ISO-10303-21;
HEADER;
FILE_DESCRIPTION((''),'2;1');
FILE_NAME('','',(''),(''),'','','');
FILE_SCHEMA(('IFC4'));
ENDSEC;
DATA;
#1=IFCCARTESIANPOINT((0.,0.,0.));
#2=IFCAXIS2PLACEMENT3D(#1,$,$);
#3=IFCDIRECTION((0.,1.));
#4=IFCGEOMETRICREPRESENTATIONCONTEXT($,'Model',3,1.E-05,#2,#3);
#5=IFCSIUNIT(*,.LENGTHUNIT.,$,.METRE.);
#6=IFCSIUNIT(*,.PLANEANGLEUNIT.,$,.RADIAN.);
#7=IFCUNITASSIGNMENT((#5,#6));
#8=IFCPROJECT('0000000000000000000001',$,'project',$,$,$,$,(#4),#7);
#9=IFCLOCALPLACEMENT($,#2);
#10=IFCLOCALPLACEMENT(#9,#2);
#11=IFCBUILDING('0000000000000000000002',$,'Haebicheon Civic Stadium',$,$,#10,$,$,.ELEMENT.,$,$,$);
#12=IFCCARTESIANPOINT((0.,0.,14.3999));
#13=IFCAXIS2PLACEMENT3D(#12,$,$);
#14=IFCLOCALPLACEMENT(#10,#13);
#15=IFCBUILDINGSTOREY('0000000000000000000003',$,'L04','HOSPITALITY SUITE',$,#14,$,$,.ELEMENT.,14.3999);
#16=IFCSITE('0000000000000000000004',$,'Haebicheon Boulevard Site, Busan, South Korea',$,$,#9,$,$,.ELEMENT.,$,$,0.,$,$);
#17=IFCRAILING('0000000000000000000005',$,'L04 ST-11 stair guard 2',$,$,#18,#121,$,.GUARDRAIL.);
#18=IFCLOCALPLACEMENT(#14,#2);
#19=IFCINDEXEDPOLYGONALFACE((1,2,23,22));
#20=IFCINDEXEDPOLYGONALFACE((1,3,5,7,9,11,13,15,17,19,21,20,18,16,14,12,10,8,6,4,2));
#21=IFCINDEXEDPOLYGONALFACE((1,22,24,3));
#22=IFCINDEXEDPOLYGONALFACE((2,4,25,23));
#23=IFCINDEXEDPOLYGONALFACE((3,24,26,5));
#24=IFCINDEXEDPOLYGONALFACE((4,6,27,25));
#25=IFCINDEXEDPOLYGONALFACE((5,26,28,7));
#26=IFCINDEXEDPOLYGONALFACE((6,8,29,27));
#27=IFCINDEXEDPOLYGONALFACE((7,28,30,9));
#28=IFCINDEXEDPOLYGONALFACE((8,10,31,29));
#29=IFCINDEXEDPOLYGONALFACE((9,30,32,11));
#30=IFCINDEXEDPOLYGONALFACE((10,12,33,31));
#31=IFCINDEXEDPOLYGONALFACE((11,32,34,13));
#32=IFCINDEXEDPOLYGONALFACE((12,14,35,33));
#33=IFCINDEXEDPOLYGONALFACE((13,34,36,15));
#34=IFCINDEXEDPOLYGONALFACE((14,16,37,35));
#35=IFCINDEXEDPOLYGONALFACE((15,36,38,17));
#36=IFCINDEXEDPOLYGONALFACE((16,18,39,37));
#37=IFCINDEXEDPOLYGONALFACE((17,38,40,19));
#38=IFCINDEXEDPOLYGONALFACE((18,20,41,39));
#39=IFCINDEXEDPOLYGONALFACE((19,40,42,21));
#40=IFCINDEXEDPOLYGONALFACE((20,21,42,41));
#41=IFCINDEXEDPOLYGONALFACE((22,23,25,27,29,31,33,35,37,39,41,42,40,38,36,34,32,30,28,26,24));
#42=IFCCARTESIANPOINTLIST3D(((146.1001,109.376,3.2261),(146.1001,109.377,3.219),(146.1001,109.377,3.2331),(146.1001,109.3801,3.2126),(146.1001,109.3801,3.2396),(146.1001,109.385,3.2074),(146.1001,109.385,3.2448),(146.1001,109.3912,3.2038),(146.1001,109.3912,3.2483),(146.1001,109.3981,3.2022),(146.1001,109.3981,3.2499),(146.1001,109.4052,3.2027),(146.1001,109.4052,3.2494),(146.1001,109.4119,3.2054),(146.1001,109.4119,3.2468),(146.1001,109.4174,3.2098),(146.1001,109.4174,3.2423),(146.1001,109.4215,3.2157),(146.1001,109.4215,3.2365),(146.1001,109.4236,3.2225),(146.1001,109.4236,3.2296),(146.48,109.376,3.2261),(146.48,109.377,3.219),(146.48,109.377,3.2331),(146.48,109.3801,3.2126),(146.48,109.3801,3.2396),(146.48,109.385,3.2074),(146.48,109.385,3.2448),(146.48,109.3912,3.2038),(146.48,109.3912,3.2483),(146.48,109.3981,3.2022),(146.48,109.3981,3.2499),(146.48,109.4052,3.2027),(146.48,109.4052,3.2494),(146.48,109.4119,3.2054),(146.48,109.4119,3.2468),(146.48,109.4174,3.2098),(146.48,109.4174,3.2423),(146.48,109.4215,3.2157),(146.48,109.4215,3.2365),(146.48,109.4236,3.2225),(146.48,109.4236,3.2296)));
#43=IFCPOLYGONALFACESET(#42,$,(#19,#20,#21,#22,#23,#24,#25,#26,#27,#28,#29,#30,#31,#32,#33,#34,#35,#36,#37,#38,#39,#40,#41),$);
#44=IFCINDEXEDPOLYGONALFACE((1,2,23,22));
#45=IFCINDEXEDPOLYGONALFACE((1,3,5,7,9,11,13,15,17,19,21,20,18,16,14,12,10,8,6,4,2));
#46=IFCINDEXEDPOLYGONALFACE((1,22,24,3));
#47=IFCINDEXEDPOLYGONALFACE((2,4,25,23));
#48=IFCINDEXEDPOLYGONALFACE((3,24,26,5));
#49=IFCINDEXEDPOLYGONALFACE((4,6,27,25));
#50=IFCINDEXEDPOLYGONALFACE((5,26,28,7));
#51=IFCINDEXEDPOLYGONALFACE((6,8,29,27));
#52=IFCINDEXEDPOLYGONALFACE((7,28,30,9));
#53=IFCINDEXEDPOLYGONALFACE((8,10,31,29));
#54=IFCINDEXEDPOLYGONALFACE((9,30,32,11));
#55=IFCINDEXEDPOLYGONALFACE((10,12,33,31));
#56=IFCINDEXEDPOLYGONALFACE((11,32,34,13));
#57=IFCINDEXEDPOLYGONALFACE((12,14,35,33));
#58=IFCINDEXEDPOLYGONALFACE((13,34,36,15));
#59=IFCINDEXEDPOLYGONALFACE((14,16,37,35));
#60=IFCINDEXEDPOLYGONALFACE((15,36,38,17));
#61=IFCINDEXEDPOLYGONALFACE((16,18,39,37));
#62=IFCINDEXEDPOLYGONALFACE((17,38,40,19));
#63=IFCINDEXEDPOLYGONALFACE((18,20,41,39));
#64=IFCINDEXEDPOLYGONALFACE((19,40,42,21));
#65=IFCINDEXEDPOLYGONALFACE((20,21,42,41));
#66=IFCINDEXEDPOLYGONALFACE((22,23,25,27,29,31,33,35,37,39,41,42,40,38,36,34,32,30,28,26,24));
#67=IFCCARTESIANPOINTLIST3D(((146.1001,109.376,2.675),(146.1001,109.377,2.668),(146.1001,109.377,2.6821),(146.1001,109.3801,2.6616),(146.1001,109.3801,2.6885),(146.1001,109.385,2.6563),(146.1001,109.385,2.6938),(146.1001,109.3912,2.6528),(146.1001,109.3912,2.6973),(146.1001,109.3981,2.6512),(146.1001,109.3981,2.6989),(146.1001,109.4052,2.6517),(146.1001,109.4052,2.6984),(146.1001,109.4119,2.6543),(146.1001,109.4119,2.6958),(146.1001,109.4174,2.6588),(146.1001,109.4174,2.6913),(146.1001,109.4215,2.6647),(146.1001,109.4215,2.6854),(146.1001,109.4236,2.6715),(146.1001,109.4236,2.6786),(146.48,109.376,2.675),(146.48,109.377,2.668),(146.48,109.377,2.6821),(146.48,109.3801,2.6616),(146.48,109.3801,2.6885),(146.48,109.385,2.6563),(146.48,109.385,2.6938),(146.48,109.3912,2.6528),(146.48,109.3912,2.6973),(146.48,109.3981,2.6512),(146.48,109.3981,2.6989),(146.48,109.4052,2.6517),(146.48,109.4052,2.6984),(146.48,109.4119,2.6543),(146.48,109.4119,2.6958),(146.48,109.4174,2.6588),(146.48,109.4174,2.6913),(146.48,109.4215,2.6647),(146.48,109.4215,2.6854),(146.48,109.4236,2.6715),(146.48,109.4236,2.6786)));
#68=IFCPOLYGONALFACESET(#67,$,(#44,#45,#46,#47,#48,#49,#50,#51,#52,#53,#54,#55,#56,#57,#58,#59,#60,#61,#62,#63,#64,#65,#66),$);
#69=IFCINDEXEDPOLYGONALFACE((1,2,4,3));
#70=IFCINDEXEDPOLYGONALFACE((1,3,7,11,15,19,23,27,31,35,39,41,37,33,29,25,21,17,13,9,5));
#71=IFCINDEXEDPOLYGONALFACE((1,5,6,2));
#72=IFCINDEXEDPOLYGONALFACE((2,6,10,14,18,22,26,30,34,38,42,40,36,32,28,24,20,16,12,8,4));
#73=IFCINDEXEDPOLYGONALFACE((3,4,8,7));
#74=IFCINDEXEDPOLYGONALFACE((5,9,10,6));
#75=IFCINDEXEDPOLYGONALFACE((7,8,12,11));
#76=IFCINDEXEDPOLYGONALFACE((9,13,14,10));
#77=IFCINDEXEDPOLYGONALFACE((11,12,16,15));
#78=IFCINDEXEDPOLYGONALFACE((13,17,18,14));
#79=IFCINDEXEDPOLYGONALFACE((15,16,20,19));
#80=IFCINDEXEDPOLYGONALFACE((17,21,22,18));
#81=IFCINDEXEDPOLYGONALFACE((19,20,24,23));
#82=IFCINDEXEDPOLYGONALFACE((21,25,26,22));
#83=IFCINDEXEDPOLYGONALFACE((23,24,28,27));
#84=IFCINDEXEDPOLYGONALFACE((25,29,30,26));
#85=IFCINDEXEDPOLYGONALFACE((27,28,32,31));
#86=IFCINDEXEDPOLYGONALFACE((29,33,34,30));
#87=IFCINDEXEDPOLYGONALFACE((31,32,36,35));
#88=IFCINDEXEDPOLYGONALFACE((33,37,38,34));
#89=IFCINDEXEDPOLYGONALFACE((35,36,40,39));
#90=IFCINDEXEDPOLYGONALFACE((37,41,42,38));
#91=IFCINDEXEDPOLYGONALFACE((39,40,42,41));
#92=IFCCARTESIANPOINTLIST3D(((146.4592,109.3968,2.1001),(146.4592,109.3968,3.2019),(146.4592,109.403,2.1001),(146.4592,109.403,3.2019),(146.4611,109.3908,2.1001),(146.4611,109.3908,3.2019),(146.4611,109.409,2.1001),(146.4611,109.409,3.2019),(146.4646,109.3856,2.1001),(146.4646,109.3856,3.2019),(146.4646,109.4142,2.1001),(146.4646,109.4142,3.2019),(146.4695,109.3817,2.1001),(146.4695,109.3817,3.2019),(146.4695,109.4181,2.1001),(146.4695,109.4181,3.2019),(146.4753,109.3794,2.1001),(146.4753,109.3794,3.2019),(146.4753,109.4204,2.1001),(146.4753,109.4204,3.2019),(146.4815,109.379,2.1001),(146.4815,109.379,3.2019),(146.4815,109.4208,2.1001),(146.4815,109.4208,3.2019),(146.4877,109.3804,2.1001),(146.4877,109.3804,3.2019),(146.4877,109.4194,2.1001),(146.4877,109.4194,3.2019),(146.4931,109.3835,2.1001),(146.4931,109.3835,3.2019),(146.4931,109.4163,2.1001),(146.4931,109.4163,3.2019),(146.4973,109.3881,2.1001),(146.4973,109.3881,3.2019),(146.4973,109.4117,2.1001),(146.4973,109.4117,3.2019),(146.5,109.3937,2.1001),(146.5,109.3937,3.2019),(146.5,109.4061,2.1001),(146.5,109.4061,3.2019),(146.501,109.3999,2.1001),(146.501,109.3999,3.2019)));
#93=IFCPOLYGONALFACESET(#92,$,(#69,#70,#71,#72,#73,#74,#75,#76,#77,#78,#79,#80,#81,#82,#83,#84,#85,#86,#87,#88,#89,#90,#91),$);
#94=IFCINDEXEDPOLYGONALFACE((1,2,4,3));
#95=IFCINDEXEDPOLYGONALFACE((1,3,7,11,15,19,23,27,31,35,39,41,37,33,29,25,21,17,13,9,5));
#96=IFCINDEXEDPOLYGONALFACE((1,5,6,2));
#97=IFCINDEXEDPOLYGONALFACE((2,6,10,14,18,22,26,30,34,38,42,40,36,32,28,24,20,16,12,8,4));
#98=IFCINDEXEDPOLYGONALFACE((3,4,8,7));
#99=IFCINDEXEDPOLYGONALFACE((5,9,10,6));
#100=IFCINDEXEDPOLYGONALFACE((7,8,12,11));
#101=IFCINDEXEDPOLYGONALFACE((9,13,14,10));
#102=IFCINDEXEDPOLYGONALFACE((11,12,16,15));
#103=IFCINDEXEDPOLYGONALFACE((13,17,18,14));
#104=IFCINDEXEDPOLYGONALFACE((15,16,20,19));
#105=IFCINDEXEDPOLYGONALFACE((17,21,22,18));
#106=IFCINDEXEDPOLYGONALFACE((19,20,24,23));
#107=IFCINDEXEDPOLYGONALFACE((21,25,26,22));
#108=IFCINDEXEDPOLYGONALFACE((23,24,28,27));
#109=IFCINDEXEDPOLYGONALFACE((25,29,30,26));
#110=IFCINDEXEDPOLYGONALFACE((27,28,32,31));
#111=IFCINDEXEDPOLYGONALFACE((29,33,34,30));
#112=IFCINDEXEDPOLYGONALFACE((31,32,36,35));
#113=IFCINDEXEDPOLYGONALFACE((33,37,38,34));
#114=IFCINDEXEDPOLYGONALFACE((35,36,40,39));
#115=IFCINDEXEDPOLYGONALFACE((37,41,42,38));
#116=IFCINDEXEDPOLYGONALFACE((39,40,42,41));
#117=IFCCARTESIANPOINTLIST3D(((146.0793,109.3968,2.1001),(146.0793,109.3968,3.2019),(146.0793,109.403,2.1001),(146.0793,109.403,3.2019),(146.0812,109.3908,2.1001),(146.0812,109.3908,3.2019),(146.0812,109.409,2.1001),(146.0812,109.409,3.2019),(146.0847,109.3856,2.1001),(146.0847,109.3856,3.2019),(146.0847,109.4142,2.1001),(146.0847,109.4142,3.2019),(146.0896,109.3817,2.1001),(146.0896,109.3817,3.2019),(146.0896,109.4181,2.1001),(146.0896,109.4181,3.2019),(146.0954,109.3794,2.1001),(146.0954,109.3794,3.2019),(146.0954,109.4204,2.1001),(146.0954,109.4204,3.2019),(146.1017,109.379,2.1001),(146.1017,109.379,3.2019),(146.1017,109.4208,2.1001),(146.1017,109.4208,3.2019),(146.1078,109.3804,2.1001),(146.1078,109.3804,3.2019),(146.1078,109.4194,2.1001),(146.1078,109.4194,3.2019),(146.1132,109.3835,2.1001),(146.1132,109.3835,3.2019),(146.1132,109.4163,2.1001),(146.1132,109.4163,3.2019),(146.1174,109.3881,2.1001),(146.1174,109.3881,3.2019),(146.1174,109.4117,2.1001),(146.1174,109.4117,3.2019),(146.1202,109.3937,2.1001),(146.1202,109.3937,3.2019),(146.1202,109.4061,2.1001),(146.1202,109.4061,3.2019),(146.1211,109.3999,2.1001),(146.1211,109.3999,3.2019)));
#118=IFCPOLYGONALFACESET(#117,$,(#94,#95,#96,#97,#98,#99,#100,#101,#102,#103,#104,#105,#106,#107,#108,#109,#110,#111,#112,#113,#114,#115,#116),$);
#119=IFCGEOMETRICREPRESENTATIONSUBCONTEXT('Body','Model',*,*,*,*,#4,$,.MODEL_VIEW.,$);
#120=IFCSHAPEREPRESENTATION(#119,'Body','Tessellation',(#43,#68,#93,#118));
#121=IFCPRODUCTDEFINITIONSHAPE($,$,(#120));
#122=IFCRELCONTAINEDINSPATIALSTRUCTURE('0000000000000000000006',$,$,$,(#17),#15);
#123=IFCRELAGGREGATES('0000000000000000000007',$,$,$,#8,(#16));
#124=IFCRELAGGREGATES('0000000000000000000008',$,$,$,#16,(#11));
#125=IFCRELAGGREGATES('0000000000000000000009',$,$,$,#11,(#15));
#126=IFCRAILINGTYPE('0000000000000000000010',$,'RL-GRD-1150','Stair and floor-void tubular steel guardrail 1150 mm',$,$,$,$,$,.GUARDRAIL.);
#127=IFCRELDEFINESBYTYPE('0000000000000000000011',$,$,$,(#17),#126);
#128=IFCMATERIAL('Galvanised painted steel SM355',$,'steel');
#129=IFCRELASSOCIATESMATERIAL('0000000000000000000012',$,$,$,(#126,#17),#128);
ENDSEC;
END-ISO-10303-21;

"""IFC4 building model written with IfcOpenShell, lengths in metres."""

from ifc_helpers import new_model, si_unit, direction, frame, origin, origin_2d, place, context, subcontext, project, spatial, circle, extrude, material, type_object, element, save


model = new_model("IFC4")

# Units and contexts
model_context = context("Model", 3, precision=1e-05, world=origin(), true_north=direction((0.0, 1.0)))
body_context = subcontext(model_context, "Body", "Model", "MODEL_VIEW")
ifc_project = project(units=[si_unit("LENGTHUNIT", "METRE"), si_unit("PLANEANGLEUNIT", "RADIAN")], contexts=[model_context])

# Site, building, storey
site_placement = place(None, origin())
site = spatial("IfcSite", under=ifc_project, at=site_placement, Name="Haebicheon Boulevard Site, Busan, South Korea", CompositionType="ELEMENT", RefElevation=0.0)
building_placement = place(site_placement, origin())
building = spatial("IfcBuilding", under=site, at=building_placement, Name="Haebicheon Civic Stadium", CompositionType="ELEMENT")
storey_placement = place(building_placement, frame((0.0, 0.0, 14.3999)))
storey = spatial("IfcBuildingStorey", under=building, at=storey_placement, Name="L04", Description="HOSPITALITY SUITE", CompositionType="ELEMENT", Elevation=14.3999)

# Railing
ifc_material_1 = material(Name="Galvanised painted steel SM355", Category="steel")
railing_type_1 = type_object("IfcRailingType", Name="RL-GRD-1150", Description="Stair and floor-void tubular steel guardrail 1150 mm", PredefinedType="GUARDRAIL", material=ifc_material_1)
railing_1_placement = place(storey_placement, frame((146.48, 109.3999, 2.1001)))
element("IfcRailing", 1, at=railing_1_placement, inside=storey, type_object=railing_type_1, material=ifc_material_1, Name="L04 ST-11 stair guard 2", PredefinedType="GUARDRAIL", context=body_context, shape_type="SweptSolid", body=[
    extrude(circle(Radius=0.0239, at=origin_2d()), frame((0.0, 0.0, 1.126), z_axis=(-1.0, 0.0, 0.0), x_axis=(0.0, -1.0, 0.0)), (0.0, 0.0, 1.0), 0.3799),
    extrude(circle(Radius=0.0239, at=origin_2d()), frame((0.0, 0.0, 0.575), z_axis=(-1.0, 0.0, 0.0), x_axis=(0.0, -1.0, 0.0)), (0.0, 0.0, 1.0), 0.3799),
    extrude(circle(Radius=0.021, at=origin_2d()), origin(), (0.0, 0.0, 1.0), 1.1018),
    extrude(circle(Radius=0.021, at=origin_2d()), frame((-0.3799, 0.0, 0.0)), (0.0, 0.0, 1.0), 1.1018),
])

save(model, "model.ifc")
